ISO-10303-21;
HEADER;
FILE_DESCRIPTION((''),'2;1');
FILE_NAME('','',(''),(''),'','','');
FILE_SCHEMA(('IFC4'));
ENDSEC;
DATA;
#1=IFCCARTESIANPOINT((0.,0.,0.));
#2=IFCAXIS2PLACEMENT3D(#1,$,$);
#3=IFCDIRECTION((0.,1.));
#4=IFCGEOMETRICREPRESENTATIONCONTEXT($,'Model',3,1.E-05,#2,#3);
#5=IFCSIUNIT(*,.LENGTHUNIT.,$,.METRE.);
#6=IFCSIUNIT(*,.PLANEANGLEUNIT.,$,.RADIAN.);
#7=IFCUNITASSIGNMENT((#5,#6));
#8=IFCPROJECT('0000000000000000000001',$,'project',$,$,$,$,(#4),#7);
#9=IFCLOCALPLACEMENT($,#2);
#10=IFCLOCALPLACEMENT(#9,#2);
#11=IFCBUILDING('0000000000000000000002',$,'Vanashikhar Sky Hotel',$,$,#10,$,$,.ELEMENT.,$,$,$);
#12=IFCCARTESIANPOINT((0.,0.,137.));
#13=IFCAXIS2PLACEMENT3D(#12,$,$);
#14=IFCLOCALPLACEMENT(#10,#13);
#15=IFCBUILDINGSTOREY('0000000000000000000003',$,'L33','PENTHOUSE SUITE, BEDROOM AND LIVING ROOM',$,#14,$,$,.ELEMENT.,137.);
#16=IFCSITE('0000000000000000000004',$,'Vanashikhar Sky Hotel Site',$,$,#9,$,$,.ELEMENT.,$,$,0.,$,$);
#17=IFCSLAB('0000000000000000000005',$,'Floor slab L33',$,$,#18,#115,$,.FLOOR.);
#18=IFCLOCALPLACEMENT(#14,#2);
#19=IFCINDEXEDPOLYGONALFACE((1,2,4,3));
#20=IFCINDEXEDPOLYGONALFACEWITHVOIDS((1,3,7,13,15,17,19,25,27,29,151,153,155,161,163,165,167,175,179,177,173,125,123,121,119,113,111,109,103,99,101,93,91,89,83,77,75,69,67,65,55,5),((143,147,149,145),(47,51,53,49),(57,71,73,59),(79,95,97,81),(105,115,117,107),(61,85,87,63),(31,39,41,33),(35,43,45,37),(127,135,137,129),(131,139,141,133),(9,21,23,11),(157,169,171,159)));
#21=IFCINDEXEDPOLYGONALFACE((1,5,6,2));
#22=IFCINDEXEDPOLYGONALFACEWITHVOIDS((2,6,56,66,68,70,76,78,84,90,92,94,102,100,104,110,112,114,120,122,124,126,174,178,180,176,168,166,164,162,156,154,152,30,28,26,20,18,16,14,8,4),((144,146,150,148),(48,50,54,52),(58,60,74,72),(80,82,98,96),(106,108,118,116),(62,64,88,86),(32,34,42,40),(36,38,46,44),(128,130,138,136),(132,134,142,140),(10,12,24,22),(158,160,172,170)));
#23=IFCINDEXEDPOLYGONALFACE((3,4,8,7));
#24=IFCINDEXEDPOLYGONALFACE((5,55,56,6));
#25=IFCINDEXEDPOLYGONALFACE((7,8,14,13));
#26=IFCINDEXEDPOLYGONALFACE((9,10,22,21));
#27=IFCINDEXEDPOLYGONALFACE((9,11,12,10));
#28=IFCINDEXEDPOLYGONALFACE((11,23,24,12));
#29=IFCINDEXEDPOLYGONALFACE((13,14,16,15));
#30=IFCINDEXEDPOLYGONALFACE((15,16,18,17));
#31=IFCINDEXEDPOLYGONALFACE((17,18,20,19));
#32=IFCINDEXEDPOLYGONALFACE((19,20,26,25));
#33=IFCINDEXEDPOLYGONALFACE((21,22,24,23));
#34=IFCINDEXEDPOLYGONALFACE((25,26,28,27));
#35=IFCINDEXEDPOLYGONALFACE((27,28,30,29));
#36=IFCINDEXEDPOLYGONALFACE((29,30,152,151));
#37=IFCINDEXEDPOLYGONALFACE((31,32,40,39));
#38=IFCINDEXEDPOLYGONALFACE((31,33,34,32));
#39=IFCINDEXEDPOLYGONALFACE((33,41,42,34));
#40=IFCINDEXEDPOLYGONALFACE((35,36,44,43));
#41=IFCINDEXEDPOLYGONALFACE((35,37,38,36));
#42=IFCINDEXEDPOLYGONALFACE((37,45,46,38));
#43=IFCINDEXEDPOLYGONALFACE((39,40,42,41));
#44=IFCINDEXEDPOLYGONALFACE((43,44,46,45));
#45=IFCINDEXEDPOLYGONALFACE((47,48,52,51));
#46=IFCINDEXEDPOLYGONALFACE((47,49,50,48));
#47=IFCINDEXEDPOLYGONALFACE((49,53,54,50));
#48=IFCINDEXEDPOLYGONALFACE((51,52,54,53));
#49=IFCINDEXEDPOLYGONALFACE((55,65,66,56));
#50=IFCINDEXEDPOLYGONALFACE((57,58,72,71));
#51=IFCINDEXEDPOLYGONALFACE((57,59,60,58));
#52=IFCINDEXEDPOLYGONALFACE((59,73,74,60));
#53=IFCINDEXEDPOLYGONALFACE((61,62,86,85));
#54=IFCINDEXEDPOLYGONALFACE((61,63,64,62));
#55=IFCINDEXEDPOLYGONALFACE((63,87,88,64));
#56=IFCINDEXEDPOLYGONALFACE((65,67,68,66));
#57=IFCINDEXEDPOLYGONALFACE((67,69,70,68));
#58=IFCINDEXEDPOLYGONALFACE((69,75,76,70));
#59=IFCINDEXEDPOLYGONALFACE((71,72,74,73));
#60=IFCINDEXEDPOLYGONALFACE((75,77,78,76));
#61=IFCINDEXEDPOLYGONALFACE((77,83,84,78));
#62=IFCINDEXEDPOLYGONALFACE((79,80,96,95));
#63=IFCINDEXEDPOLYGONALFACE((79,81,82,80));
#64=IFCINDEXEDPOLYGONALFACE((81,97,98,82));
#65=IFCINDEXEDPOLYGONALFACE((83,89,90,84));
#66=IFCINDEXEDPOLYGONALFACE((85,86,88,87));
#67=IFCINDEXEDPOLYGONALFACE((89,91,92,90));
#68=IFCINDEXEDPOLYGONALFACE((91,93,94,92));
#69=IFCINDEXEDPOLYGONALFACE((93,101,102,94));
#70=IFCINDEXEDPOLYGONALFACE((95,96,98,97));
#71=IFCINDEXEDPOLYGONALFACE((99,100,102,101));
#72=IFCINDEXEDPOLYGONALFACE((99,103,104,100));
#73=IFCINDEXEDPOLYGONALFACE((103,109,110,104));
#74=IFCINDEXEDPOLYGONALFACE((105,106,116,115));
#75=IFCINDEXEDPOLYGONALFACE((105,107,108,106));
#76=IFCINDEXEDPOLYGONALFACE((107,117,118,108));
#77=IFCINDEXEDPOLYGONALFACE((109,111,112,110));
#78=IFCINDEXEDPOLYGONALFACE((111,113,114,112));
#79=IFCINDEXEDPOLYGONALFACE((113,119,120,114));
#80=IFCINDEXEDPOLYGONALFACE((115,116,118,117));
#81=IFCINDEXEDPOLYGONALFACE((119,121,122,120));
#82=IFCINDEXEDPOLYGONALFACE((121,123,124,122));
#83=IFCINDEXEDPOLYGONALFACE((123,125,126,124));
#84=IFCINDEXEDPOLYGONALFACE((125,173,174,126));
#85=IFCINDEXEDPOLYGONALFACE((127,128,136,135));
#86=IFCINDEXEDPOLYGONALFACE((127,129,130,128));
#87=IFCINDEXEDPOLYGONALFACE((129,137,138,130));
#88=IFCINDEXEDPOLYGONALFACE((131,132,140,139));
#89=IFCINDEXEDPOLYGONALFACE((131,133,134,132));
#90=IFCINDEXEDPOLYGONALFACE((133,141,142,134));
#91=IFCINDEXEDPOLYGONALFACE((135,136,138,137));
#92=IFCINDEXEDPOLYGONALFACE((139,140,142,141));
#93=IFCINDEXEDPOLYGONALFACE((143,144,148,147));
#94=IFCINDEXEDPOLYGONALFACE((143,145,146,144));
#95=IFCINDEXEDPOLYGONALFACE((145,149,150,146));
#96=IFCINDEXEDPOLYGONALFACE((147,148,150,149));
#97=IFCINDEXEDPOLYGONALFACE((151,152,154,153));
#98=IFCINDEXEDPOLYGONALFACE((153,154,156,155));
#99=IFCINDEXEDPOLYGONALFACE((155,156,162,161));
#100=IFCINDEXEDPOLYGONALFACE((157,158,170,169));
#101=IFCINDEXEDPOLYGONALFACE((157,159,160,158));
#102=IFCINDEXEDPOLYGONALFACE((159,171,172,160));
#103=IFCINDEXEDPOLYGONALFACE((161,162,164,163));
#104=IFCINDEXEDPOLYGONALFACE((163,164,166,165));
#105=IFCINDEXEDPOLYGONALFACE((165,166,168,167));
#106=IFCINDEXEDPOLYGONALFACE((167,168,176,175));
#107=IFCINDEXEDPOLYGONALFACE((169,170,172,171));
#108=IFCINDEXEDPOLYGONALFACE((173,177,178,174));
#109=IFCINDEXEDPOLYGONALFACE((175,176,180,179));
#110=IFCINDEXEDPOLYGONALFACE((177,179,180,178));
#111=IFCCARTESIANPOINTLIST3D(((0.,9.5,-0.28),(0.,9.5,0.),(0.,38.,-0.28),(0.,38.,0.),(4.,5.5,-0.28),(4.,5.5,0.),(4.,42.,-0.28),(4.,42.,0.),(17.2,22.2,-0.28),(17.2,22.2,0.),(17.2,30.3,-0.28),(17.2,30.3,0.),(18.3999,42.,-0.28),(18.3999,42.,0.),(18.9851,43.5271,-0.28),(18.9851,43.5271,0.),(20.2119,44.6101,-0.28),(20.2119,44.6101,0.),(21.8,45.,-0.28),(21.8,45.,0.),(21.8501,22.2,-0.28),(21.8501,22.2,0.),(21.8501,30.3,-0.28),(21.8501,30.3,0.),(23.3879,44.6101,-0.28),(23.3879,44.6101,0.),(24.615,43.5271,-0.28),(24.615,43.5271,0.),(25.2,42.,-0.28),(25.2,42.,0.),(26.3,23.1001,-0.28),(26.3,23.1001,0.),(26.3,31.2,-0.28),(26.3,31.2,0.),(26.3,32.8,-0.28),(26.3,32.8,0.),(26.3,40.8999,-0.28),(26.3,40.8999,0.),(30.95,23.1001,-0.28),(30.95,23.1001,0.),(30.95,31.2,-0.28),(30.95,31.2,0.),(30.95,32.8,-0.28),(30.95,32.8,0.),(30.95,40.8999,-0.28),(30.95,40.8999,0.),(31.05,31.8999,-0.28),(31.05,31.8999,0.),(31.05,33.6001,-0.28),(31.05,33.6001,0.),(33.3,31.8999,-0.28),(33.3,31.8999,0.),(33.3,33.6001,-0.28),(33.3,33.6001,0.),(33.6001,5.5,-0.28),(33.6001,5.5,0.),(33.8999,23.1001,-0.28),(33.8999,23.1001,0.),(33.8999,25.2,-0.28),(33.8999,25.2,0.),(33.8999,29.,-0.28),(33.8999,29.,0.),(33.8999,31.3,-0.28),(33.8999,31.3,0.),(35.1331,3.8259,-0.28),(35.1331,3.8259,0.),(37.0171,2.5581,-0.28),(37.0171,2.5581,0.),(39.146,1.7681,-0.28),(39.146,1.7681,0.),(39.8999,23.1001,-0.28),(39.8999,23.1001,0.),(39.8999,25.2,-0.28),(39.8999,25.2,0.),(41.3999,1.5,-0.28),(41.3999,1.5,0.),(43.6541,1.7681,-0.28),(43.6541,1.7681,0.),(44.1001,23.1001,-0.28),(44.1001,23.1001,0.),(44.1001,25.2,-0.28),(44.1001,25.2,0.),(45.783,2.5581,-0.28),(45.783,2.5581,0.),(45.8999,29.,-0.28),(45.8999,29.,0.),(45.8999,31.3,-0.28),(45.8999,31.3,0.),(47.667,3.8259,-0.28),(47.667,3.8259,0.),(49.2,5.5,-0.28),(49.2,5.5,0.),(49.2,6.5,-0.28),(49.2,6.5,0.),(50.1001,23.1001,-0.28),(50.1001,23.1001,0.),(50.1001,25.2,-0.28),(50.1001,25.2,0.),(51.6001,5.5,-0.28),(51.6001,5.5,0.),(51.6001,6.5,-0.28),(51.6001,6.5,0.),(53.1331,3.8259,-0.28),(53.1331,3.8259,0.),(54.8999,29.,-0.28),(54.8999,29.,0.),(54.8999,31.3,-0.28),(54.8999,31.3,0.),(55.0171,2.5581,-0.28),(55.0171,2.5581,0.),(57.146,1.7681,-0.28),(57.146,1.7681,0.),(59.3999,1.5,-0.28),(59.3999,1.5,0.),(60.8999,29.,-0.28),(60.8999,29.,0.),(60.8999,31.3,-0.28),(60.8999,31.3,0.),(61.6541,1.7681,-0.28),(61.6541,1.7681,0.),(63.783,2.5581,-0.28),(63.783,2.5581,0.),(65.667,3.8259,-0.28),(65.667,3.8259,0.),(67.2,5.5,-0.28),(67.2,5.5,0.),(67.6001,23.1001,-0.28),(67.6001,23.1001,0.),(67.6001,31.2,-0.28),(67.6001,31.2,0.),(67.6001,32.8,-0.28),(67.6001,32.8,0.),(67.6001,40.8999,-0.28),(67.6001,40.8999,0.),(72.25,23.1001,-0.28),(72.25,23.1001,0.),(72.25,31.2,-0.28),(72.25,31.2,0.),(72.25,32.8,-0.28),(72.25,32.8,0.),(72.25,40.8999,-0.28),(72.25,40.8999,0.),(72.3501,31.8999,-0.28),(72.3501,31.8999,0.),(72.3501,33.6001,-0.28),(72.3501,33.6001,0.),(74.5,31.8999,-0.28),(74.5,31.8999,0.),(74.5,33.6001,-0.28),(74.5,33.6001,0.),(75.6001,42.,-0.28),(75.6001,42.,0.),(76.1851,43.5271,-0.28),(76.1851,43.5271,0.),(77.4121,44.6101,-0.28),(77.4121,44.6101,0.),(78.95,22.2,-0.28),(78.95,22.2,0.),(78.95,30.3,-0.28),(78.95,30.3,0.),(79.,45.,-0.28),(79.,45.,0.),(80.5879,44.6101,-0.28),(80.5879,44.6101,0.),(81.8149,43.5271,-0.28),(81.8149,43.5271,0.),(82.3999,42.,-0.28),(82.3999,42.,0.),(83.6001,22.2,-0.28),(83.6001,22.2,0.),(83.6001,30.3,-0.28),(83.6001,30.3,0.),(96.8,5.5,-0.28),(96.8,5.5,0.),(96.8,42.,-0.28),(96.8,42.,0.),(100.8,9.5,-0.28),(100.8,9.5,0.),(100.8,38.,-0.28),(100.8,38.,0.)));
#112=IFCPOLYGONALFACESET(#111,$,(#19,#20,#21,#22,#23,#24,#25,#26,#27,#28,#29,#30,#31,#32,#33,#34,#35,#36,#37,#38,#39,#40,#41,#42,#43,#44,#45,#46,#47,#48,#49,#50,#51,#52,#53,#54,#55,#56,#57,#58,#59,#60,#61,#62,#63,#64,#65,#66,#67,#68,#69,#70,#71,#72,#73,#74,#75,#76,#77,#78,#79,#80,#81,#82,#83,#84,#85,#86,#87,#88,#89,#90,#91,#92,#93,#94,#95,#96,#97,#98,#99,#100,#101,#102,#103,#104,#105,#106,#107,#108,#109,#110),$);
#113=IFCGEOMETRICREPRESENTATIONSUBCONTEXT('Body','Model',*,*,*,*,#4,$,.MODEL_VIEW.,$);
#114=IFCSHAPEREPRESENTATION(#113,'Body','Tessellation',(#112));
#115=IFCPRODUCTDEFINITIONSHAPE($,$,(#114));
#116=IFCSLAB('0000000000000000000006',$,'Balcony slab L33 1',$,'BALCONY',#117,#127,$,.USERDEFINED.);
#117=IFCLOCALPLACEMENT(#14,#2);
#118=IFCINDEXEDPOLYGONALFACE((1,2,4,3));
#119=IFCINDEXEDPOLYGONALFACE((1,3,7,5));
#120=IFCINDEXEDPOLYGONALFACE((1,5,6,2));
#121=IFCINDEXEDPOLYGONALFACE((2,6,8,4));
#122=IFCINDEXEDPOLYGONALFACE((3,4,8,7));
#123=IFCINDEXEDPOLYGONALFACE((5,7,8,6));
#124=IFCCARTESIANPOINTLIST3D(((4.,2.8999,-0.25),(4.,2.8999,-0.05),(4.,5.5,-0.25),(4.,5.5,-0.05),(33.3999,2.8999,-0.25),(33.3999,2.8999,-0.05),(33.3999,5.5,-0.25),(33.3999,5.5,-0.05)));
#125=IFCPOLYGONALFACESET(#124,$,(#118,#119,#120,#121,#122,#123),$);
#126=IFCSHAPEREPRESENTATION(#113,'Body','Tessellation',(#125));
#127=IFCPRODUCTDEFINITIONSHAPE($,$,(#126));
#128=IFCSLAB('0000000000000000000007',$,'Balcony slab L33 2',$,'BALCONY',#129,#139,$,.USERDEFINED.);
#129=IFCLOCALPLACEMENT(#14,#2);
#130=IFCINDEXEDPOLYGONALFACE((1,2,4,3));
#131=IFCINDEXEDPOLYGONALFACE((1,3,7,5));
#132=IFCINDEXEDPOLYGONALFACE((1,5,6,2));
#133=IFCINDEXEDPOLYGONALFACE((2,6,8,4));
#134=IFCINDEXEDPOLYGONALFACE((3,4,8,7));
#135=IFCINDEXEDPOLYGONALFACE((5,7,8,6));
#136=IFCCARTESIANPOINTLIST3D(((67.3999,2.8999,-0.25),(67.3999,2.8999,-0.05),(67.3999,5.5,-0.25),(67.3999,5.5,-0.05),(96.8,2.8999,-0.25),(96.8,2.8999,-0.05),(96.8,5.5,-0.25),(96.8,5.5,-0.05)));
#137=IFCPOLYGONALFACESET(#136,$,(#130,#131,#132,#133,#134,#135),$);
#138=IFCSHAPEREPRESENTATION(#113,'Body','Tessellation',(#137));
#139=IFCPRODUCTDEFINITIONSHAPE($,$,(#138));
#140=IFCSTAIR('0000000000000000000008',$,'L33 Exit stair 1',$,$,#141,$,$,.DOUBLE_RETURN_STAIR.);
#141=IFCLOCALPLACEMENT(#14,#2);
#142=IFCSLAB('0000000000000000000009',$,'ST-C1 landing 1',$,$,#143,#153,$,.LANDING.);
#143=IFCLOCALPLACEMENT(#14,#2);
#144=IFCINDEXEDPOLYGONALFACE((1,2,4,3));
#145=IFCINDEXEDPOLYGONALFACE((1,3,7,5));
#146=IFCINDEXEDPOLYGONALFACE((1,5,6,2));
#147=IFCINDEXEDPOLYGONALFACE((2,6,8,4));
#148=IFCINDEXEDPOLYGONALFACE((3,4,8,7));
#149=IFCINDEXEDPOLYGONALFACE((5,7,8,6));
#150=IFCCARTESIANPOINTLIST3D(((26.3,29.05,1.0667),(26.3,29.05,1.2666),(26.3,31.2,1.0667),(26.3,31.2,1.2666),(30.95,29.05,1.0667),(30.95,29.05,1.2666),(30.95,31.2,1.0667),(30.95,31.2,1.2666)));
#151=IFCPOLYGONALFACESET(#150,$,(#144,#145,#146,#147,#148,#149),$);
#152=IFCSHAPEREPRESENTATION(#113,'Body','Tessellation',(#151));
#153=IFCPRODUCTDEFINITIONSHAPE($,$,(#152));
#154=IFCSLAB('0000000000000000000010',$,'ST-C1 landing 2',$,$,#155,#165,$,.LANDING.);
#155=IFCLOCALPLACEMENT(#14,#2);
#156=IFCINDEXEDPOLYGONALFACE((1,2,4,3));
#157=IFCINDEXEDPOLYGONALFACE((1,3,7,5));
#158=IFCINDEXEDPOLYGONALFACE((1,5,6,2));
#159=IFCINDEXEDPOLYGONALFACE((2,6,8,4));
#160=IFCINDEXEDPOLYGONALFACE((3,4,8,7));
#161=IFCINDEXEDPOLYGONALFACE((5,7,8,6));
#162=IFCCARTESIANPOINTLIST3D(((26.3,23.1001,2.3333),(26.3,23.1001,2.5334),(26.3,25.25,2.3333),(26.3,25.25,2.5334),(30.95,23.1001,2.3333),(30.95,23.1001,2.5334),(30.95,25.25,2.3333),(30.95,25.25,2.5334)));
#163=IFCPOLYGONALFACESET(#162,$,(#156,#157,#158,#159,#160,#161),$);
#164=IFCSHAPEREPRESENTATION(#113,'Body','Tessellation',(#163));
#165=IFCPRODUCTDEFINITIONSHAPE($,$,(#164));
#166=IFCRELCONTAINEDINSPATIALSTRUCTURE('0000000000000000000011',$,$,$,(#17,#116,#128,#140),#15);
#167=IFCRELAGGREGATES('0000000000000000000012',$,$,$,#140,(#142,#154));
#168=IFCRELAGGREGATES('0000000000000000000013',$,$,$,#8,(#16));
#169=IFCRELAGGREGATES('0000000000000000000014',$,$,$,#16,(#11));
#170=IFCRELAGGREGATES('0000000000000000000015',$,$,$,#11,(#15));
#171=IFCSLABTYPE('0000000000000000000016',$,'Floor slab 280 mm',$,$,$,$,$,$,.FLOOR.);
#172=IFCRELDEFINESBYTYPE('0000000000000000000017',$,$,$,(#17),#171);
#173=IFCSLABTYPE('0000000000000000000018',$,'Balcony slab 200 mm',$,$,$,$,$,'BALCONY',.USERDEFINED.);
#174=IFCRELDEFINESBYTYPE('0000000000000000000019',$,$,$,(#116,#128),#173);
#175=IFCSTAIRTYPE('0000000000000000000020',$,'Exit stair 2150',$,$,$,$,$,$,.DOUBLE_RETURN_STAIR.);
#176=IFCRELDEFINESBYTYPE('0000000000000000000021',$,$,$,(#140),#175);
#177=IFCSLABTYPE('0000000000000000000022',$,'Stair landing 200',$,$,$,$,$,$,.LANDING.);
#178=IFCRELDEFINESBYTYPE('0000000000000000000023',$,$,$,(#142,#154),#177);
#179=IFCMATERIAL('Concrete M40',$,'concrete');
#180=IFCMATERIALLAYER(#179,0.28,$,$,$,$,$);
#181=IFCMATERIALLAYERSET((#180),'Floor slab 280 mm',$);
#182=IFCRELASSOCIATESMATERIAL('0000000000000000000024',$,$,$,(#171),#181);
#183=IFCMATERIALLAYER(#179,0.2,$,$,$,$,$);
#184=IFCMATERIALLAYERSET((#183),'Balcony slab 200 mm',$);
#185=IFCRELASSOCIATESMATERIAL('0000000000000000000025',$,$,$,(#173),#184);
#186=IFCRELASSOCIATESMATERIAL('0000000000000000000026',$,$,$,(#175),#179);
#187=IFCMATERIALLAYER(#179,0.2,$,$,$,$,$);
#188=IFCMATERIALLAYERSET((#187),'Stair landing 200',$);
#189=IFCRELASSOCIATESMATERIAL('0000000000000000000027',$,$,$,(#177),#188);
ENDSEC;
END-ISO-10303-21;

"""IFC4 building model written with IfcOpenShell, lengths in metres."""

from ifc_helpers import new_model, si_unit, direction, frame, origin, place, context, subcontext, project, spatial, polyline, outline, extrude, source, transform, mapped, material, layer, layer_set, type_object, element, aggregate, save


model = new_model("IFC4")

# Units and contexts
model_context = context("Model", 3, precision=1e-05, world=origin(), true_north=direction((0.0, 1.0)))
body_context = subcontext(model_context, "Body", "Model", "MODEL_VIEW")
ifc_project = project(units=[si_unit("LENGTHUNIT", "METRE"), si_unit("PLANEANGLEUNIT", "RADIAN")], contexts=[model_context])

# Site, building, storey
site_placement = place(None, origin())
site = spatial("IfcSite", under=ifc_project, at=site_placement, Name="Vanashikhar Sky Hotel Site", CompositionType="ELEMENT", RefElevation=0.0)
building_placement = place(site_placement, origin())
building = spatial("IfcBuilding", under=site, at=building_placement, Name="Vanashikhar Sky Hotel", CompositionType="ELEMENT")
storey_placement = place(building_placement, frame((0.0, 0.0, 137.0)))
storey = spatial("IfcBuildingStorey", under=building, at=storey_placement, Name="L33", Description="PENTHOUSE SUITE, BEDROOM AND LIVING ROOM", CompositionType="ELEMENT", Elevation=137.0)

# Slabs
ifc_material_1 = material(Name="Concrete M40", Category="concrete")
ifc_layer_1 = layer(ifc_material_1, 0.28)
ifc_layer_set_1 = layer_set([ifc_layer_1], Name="Floor slab 280 mm")
slab_type_1 = type_object("IfcSlabType", Name="Floor slab 280 mm", PredefinedType="FLOOR", material=ifc_layer_set_1)
shared_shape_1 = source(origin(), body_context, "Body", "SweptSolid", [
    extrude(outline(polyline([(49.2, 5.5), (49.2, 6.5), (51.6001, 6.5), (51.6001, 5.5), (53.1331, 3.8259), (55.0171, 2.5581), (57.146, 1.7681), (59.3999, 1.5), (61.6541, 1.7681), (63.783, 2.5581), (65.667, 3.8259), (67.2, 5.5), (96.8, 5.5), (100.8, 9.5), (100.8, 38.0), (96.8, 42.0), (82.3999, 42.0), (81.8149, 43.5271), (80.5879, 44.6101), (79.0, 45.0), (77.4121, 44.6101), (76.1851, 43.5271), (75.6001, 42.0), (25.2, 42.0), (24.615, 43.5271), (23.3879, 44.6101), (21.8, 45.0), (20.2119, 44.6101), (18.9851, 43.5271), (18.3999, 42.0), (4.0, 42.0), (0.0, 38.0), (0.0, 9.5), (4.0, 5.5), (33.6001, 5.5), (35.1331, 3.8259), (37.0171, 2.5581), (39.146, 1.7681), (41.3999, 1.5), (43.6541, 1.7681), (45.783, 2.5581), (47.667, 3.8259), (49.2, 5.5)]), holes=[polyline([(33.3, 33.6001), (31.05, 33.6001), (31.05, 31.8999), (33.3, 31.8999), (33.3, 33.6001)]), polyline([(33.8999, 25.2), (33.8999, 23.1001), (39.8999, 23.1001), (39.8999, 25.2), (33.8999, 25.2)]), polyline([(33.8999, 31.3), (33.8999, 29.0), (45.8999, 29.0), (45.8999, 31.3), (33.8999, 31.3)]), polyline([(44.1001, 25.2), (44.1001, 23.1001), (50.1001, 23.1001), (50.1001, 25.2), (44.1001, 25.2)]), polyline([(54.8999, 31.3), (54.8999, 29.0), (60.8999, 29.0), (60.8999, 31.3), (54.8999, 31.3)]), polyline([(74.5, 33.6001), (72.3501, 33.6001), (72.3501, 31.8999), (74.5, 31.8999), (74.5, 33.6001)]), polyline([(30.95, 23.1001), (30.95, 31.2), (26.3, 31.2), (26.3, 23.1001), (30.95, 23.1001)]), polyline([(72.25, 23.1001), (72.25, 31.2), (67.6001, 31.2), (67.6001, 23.1001), (72.25, 23.1001)]), polyline([(30.95, 32.8), (30.95, 40.8999), (26.3, 40.8999), (26.3, 32.8), (30.95, 32.8)]), polyline([(72.25, 32.8), (72.25, 40.8999), (67.6001, 40.8999), (67.6001, 32.8), (72.25, 32.8)]), polyline([(83.6001, 22.2), (83.6001, 30.3), (78.95, 30.3), (78.95, 22.2), (83.6001, 22.2)]), polyline([(21.8501, 22.2), (21.8501, 30.3), (17.2, 30.3), (17.2, 22.2), (21.8501, 22.2)])]), origin(), (0.0, 0.0, 1.0), 0.28),
])
slab_1_placement = place(storey_placement, frame((0.0, 0.0, -0.28)))
element("IfcSlab", 1, at=slab_1_placement, inside=storey, type_object=slab_type_1, Name="Floor slab L33", PredefinedType="FLOOR", context=body_context, shape_type="MappedRepresentation", body=[
    mapped(shared_shape_1, transform((0.0, 0.0, 0.0), scale=1.0)),
])
ifc_layer_2 = layer(ifc_material_1, 0.2)
ifc_layer_set_2 = layer_set([ifc_layer_2], Name="Balcony slab 200 mm")
slab_type_2 = type_object("IfcSlabType", Name="Balcony slab 200 mm", ElementType="BALCONY", PredefinedType="USERDEFINED", material=ifc_layer_set_2)
shared_shape_2 = source(origin(), body_context, "Body", "SweptSolid", [
    extrude(outline(polyline([(4.0, 2.8999), (33.3999, 2.8999), (33.3999, 5.5), (4.0, 5.5), (4.0, 2.8999)])), origin(), (0.0, 0.0, 1.0), 0.2),
])
slab_2_placement = place(storey_placement, frame((0.0, 0.0, -0.25)))
element("IfcSlab", 2, at=slab_2_placement, inside=storey, type_object=slab_type_2, Name="Balcony slab L33 1", ObjectType="BALCONY", PredefinedType="USERDEFINED", context=body_context, shape_type="MappedRepresentation", body=[
    mapped(shared_shape_2, transform((0.0, 0.0, 0.0), scale=1.0)),
])
shared_shape_3 = source(origin(), body_context, "Body", "SweptSolid", [
    extrude(outline(polyline([(67.3999, 2.8999), (96.8, 2.8999), (96.8, 5.5), (67.3999, 5.5), (67.3999, 2.8999)])), origin(), (0.0, 0.0, 1.0), 0.2),
])
slab_3_placement = place(storey_placement, frame((0.0, 0.0, -0.25)))
element("IfcSlab", 3, at=slab_3_placement, inside=storey, type_object=slab_type_2, Name="Balcony slab L33 2", ObjectType="BALCONY", PredefinedType="USERDEFINED", context=body_context, shape_type="MappedRepresentation", body=[
    mapped(shared_shape_3, transform((0.0, 0.0, 0.0), scale=1.0)),
])

# Stair, slabs
stair_type = type_object("IfcStairType", Name="Exit stair 2150", PredefinedType="DOUBLE_RETURN_STAIR", material=ifc_material_1)
stair_1_placement = place(storey_placement, origin())
stair_1 = element("IfcStair", 4, at=stair_1_placement, inside=storey, type_object=stair_type, Name="L33 Exit stair 1", PredefinedType="DOUBLE_RETURN_STAIR")
ifc_layer_3 = layer(ifc_material_1, 0.2)
ifc_layer_set_3 = layer_set([ifc_layer_3], Name="Stair landing 200")
slab_type_3 = type_object("IfcSlabType", Name="Stair landing 200", PredefinedType="LANDING", material=ifc_layer_set_3)
shared_shape_4 = source(origin(), body_context, "Body", "SweptSolid", [
    extrude(outline(polyline([(30.95, 29.05), (30.95, 31.2), (26.3, 31.2), (26.3, 29.05), (30.95, 29.05)])), origin(), (0.0, 0.0, 1.0), 0.2),
])
slab_4_placement = place(storey_placement, frame((0.0, 0.0, 1.0667)))
slab_4 = element("IfcSlab", 5, at=slab_4_placement, type_object=slab_type_3, Name="ST-C1 landing 1", PredefinedType="LANDING", context=body_context, shape_type="MappedRepresentation", body=[
    mapped(shared_shape_4, transform((0.0, 0.0, 0.0), scale=1.0)),
])
shared_shape_5 = source(origin(), body_context, "Body", "SweptSolid", [
    extrude(outline(polyline([(30.95, 23.1001), (30.95, 25.25), (26.3, 25.25), (26.3, 23.1001), (30.95, 23.1001)])), origin(), (0.0, 0.0, 1.0), 0.2002),
])
slab_5_placement = place(storey_placement, frame((0.0, 0.0, 2.3333)))
slab_5 = element("IfcSlab", 6, at=slab_5_placement, type_object=slab_type_3, Name="ST-C1 landing 2", PredefinedType="LANDING", context=body_context, shape_type="MappedRepresentation", body=[
    mapped(shared_shape_5, transform((0.0, 0.0, 0.0), scale=1.0)),
])
aggregate(stair_1, [slab_4, slab_5])

save(model, "model.ifc")
